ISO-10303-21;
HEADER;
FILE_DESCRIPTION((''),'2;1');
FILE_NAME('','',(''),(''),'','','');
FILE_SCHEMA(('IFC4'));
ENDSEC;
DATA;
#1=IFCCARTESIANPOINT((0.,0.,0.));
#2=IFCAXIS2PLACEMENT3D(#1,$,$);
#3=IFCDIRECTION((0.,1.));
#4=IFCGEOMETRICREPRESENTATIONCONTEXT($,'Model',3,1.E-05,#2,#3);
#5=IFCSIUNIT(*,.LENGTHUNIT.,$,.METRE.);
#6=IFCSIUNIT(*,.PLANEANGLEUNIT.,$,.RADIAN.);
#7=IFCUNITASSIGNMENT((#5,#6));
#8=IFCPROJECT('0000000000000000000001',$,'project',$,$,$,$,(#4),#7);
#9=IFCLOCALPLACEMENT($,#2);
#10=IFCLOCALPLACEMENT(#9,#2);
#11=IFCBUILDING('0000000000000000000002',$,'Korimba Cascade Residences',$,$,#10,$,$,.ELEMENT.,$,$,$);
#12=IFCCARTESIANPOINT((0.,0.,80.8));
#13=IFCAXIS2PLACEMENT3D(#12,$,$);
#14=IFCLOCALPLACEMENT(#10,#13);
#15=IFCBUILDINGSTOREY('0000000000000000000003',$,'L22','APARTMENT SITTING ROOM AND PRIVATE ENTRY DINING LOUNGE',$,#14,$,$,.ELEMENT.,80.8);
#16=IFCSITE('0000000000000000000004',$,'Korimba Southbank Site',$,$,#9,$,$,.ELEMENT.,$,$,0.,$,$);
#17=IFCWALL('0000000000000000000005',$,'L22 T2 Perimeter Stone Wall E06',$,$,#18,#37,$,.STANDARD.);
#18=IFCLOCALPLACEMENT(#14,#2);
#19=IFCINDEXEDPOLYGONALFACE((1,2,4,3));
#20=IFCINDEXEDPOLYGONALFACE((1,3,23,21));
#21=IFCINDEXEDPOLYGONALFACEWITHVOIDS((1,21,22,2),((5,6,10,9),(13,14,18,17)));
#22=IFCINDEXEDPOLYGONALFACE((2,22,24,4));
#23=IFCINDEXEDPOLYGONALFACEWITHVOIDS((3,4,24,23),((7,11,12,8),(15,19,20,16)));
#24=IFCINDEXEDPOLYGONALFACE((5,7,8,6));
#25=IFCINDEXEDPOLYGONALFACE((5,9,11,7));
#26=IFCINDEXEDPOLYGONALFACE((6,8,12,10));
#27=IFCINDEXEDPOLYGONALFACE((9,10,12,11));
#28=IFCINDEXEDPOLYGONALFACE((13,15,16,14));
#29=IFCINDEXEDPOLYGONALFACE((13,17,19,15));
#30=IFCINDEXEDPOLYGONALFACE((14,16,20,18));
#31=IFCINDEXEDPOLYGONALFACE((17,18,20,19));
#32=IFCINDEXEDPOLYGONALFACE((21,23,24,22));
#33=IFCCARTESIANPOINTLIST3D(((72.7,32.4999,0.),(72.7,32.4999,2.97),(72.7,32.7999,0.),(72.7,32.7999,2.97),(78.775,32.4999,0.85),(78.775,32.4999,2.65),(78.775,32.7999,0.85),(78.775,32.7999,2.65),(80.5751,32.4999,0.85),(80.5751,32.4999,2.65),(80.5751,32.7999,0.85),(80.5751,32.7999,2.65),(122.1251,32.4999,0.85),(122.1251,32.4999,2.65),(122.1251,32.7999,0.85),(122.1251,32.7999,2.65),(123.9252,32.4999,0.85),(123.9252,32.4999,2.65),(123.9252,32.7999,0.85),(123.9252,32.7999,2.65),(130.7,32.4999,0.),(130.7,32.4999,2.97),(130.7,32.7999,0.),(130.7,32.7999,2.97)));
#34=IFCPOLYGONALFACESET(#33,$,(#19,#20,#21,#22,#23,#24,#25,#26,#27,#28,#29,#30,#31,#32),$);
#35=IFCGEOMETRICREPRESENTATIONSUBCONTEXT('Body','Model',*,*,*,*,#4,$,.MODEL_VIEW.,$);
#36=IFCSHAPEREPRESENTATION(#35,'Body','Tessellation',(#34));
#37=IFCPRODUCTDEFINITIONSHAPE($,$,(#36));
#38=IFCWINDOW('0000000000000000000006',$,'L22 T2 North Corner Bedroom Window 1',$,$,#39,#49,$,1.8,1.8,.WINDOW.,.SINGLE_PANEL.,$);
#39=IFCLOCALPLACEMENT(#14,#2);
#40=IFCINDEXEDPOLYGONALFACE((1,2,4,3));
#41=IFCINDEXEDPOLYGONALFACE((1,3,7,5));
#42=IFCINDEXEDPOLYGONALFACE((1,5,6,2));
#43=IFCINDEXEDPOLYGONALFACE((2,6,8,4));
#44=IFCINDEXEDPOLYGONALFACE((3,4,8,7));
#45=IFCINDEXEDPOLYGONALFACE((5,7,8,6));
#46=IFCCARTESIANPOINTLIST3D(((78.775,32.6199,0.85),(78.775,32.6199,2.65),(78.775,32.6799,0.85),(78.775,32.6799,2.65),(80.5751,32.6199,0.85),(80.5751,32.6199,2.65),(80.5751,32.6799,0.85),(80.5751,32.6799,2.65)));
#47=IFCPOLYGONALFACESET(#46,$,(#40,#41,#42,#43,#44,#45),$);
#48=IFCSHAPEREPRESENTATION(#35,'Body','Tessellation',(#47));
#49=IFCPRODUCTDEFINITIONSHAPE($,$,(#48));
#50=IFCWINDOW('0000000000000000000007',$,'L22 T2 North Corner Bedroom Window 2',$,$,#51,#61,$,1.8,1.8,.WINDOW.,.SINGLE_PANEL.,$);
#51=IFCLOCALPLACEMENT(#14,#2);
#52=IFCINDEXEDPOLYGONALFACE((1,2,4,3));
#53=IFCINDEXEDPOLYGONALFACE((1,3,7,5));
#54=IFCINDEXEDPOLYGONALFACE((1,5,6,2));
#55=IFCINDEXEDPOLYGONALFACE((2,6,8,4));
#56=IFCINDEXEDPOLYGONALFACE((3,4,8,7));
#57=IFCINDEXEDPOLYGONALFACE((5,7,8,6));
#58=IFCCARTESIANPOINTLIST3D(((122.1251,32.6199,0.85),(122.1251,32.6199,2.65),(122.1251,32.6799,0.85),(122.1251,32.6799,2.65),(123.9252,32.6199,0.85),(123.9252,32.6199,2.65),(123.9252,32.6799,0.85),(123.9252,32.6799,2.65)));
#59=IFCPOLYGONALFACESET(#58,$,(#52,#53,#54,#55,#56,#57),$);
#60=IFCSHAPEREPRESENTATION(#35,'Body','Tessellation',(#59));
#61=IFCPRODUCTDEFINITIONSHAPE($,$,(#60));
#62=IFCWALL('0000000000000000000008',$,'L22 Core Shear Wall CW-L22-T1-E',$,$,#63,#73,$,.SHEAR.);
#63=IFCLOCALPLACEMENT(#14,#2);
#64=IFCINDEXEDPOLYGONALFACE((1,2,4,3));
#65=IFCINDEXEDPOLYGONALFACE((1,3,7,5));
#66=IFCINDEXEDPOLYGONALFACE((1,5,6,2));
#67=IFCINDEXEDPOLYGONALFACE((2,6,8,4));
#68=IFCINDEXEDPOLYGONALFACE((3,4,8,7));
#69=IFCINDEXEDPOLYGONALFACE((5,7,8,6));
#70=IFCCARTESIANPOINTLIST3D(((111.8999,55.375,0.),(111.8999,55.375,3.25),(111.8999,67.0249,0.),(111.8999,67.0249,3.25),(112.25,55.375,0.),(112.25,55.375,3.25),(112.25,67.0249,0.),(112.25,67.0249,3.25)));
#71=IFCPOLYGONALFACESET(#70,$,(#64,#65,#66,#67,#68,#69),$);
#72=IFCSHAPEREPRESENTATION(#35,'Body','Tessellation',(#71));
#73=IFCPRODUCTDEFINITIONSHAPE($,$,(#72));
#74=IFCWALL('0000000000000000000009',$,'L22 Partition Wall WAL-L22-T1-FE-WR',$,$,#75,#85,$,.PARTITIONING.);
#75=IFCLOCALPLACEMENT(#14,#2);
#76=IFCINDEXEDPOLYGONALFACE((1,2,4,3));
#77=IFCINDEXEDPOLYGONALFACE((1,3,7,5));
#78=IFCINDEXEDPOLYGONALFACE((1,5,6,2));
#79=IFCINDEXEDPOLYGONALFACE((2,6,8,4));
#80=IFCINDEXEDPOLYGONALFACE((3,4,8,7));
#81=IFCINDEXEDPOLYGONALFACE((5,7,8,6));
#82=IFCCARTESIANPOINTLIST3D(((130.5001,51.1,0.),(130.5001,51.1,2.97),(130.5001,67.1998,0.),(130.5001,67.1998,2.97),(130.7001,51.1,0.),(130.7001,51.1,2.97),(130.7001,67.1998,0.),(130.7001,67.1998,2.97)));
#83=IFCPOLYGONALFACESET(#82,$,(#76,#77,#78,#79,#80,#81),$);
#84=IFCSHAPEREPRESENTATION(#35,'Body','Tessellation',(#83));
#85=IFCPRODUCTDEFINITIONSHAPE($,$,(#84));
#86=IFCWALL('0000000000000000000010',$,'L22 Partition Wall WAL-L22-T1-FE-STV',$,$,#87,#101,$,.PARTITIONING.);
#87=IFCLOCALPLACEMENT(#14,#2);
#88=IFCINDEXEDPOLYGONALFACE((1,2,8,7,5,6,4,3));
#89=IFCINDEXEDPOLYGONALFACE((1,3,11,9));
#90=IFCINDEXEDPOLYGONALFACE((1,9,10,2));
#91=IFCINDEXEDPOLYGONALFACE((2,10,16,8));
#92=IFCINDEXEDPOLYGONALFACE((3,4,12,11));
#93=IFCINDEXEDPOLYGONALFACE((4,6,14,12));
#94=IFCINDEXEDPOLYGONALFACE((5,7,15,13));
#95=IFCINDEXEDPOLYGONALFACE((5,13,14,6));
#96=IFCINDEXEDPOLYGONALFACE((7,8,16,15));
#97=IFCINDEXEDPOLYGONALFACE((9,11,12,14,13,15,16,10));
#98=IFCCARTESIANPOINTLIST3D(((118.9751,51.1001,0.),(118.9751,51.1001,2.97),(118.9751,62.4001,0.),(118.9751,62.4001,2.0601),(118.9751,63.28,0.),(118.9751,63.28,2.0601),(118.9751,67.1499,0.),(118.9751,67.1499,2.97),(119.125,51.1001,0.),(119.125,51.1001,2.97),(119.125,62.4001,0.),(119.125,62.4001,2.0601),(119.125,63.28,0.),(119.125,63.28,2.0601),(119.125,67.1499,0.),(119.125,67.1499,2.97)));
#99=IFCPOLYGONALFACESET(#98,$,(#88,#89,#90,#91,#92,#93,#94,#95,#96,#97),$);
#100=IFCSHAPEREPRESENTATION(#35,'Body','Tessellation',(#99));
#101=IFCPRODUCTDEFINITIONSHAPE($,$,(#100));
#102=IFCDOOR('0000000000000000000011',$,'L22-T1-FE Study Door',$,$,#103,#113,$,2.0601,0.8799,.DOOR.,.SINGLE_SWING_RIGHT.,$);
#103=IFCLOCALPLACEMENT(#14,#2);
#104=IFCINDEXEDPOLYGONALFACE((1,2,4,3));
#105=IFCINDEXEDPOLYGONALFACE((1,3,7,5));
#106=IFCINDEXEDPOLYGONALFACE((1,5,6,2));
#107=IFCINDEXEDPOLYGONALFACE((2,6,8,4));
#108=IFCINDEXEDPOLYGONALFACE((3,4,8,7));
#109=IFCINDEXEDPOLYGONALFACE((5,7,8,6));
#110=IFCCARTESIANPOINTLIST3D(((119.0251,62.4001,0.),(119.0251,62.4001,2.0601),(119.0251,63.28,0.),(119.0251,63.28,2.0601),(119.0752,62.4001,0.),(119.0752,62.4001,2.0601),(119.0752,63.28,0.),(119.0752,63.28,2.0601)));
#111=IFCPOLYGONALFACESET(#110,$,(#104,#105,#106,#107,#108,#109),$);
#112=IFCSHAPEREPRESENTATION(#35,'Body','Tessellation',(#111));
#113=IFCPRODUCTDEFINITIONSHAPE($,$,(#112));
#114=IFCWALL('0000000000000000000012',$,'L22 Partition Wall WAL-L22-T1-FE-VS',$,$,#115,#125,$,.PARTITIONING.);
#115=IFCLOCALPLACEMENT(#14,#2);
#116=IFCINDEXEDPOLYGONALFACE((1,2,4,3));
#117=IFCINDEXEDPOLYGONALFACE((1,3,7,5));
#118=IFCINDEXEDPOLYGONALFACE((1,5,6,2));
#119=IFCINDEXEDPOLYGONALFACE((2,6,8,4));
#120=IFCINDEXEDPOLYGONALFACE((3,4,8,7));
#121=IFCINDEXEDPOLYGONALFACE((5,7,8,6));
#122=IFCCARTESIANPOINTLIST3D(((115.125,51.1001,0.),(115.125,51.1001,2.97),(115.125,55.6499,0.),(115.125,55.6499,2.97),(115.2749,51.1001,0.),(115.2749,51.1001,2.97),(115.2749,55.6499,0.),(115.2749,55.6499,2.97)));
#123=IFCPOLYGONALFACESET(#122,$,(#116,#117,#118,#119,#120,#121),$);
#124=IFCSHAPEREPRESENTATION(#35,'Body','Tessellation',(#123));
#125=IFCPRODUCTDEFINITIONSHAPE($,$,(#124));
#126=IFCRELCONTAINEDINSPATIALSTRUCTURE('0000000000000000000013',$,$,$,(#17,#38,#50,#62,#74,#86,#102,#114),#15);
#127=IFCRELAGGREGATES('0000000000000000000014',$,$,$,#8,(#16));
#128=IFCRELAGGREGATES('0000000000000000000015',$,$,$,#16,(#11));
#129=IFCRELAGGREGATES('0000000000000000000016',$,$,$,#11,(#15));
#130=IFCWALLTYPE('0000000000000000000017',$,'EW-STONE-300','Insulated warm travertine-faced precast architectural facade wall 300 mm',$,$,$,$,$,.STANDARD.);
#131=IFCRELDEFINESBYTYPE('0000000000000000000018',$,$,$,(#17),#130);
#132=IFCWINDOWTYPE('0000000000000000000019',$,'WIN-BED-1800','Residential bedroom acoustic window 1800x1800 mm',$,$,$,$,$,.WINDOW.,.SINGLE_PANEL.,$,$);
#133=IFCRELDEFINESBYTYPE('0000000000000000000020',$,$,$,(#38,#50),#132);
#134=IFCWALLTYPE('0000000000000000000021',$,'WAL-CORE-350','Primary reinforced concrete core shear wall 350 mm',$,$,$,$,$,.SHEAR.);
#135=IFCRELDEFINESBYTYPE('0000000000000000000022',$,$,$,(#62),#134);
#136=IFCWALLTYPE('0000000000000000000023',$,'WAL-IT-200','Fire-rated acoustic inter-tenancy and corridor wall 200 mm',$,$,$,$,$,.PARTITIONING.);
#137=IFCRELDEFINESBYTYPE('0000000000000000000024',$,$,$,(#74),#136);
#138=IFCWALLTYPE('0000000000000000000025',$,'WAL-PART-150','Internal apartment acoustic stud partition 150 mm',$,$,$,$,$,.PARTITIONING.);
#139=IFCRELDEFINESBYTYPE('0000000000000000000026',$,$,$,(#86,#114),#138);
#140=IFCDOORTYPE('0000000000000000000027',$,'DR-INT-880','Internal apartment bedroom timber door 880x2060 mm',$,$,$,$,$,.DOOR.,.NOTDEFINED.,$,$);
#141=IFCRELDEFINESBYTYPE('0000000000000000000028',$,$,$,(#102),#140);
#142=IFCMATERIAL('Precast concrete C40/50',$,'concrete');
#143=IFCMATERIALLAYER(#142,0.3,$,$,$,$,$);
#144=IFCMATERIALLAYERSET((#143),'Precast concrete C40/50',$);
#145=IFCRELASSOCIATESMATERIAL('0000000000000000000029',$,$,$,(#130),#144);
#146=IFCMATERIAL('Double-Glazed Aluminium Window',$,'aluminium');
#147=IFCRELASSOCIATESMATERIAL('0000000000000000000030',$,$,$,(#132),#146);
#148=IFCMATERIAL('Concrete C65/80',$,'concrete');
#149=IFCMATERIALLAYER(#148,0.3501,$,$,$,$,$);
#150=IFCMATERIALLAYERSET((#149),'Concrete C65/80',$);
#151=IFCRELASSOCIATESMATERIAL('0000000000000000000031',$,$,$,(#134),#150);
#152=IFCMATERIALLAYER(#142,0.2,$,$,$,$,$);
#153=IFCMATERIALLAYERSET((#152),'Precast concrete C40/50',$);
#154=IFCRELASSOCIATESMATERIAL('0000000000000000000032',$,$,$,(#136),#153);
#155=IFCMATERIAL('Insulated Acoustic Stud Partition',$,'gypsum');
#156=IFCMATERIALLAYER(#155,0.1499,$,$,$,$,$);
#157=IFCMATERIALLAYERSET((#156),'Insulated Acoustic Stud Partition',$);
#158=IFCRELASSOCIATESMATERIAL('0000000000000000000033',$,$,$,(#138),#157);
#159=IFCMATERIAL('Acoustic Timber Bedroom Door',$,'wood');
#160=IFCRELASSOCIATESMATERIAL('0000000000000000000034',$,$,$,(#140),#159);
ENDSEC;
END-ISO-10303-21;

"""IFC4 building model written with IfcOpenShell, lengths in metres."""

from ifc_helpers import new_model, si_unit, direction, frame, frame_2d, origin, place, context, subcontext, project, spatial, rectangle, extrude, material, layer, layer_set, type_object, element, fill, save


model = new_model("IFC4")

# Units and contexts
model_context = context("Model", 3, precision=1e-05, world=origin(), true_north=direction((0.0, 1.0)))
body_context = subcontext(model_context, "Body", "Model", "MODEL_VIEW")
ifc_project = project(units=[si_unit("LENGTHUNIT", "METRE"), si_unit("PLANEANGLEUNIT", "RADIAN")], contexts=[model_context])

# Site, building, storey
site_placement = place(None, origin())
site = spatial("IfcSite", under=ifc_project, at=site_placement, Name="Korimba Southbank Site", CompositionType="ELEMENT", RefElevation=0.0)
building_placement = place(site_placement, origin())
building = spatial("IfcBuilding", under=site, at=building_placement, Name="Korimba Cascade Residences", CompositionType="ELEMENT")
storey_placement = place(building_placement, frame((0.0, 0.0, 80.8)))
storey = spatial("IfcBuildingStorey", under=building, at=storey_placement, Name="L22", Description="APARTMENT SITTING ROOM AND PRIVATE ENTRY DINING LOUNGE", CompositionType="ELEMENT", Elevation=80.8)

# Shared definitions
ifc_material_1 = material(Name="Concrete C65/80", Category="concrete")

# Shared definitions
ifc_material_2 = material(Name="Precast concrete C40/50", Category="concrete")

# Shared definitions
ifc_layer_1 = layer(ifc_material_2, 0.3)
ifc_layer_set_1 = layer_set([ifc_layer_1], Name="Precast concrete C40/50")
wall_type_1 = type_object("IfcWallType", Name="EW-STONE-300", Description="Insulated warm travertine-faced precast architectural facade wall 300 mm", PredefinedType="STANDARD", material=ifc_layer_set_1)

# Wall, openings, windows
ifc_material_3 = material(Name="Double-Glazed Aluminium Window", Category="aluminium")
wall_1_placement = place(storey_placement, frame((130.7, 32.6499, 0.0), z_axis=(0.0, 0.0, 1.0), x_axis=(-1.0, 0.0, 0.0)))
wall_1 = element("IfcWall", 1, at=wall_1_placement, inside=storey, type_object=wall_type_1, Name="L22 T2 Perimeter Stone Wall E06", PredefinedType="STANDARD", context=body_context, shape_type="SweptSolid", body=[
    extrude(rectangle(XDim=58.0, YDim=0.3, at=frame_2d((29.0, 0.0))), origin(), (0.0, 0.0, 1.0), 2.97),
])
opening_1_placement = place(wall_1_placement, frame((50.125, 0.0, 0.8501)))
opening_1 = element("IfcOpeningElement", 2, at=opening_1_placement, cuts=wall_1, PredefinedType="OPENING", context=body_context, shape_type="SweptSolid", body=[
    extrude(rectangle(XDim=1.8, YDim=1.8, at=frame_2d((0.8999, 0.8999))), frame((0.0, 0.1602, 0.0), z_axis=(0.0, -1.0, 0.0), x_axis=(1.0, 0.0, 0.0)), (0.0, 0.0, 1.0), 0.3201),
])
opening_2_placement = place(wall_1_placement, frame((6.7749, 0.0, 0.8501)))
opening_2 = element("IfcOpeningElement", 3, at=opening_2_placement, cuts=wall_1, PredefinedType="OPENING", context=body_context, shape_type="SweptSolid", body=[
    extrude(rectangle(XDim=1.8, YDim=1.8, at=frame_2d((0.8999, 0.8999))), frame((0.0, 0.1602, 0.0), z_axis=(0.0, -1.0, 0.0), x_axis=(1.0, 0.0, 0.0)), (0.0, 0.0, 1.0), 0.3201),
])
window_type_1 = type_object("IfcWindowType", Name="WIN-BED-1800", Description="Residential bedroom acoustic window 1800x1800 mm", PartitioningType="SINGLE_PANEL", PredefinedType="WINDOW", material=ifc_material_3)
window_1_placement = place(opening_1_placement, origin())
window_1 = element("IfcWindow", 4, at=window_1_placement, inside=storey, type_object=window_type_1, Name="L22 T2 North Corner Bedroom Window 1", OverallHeight=1.8, OverallWidth=1.8, PartitioningType="SINGLE_PANEL", PredefinedType="WINDOW", context=body_context, shape_type="SweptSolid", body=[
    extrude(rectangle(XDim=1.8, YDim=1.8, at=frame_2d((0.8999, 0.8999))), frame((0.0, 0.03, 0.0), z_axis=(0.0, -1.0, 0.0), x_axis=(1.0, 0.0, 0.0)), (0.0, 0.0, 1.0), 0.0601),
])
fill(opening_1, window_1)
window_2_placement = place(opening_2_placement, origin())
window_2 = element("IfcWindow", 5, at=window_2_placement, inside=storey, type_object=window_type_1, Name="L22 T2 North Corner Bedroom Window 2", OverallHeight=1.8, OverallWidth=1.8, PartitioningType="SINGLE_PANEL", PredefinedType="WINDOW", context=body_context, shape_type="SweptSolid", body=[
    extrude(rectangle(XDim=1.8, YDim=1.8, at=frame_2d((0.8999, 0.8999))), frame((0.0, 0.03, 0.0), z_axis=(0.0, -1.0, 0.0), x_axis=(1.0, 0.0, 0.0)), (0.0, 0.0, 1.0), 0.0601),
])
fill(opening_2, window_2)

# Walls
ifc_layer_2 = layer(ifc_material_1, 0.3501)
ifc_layer_set_2 = layer_set([ifc_layer_2], Name="Concrete C65/80")
wall_type_2 = type_object("IfcWallType", Name="WAL-CORE-350", Description="Primary reinforced concrete core shear wall 350 mm", PredefinedType="SHEAR", material=ifc_layer_set_2)
wall_2_placement = place(storey_placement, frame((112.075, 55.375, 0.0), z_axis=(0.0, 0.0, 1.0), x_axis=(0.0, 1.0, 0.0)))
element("IfcWall", 6, at=wall_2_placement, inside=storey, type_object=wall_type_2, Name="L22 Core Shear Wall CW-L22-T1-E", PredefinedType="SHEAR", context=body_context, shape_type="SweptSolid", body=[
    extrude(rectangle(XDim=11.6499, YDim=0.3501, at=frame_2d((5.825, 0.0))), origin(), (0.0, 0.0, 1.0), 3.25),
])
ifc_layer_3 = layer(ifc_material_2, 0.2)
ifc_layer_set_3 = layer_set([ifc_layer_3], Name="Precast concrete C40/50")
wall_type_3 = type_object("IfcWallType", Name="WAL-IT-200", Description="Fire-rated acoustic inter-tenancy and corridor wall 200 mm", PredefinedType="PARTITIONING", material=ifc_layer_set_3)
wall_3_placement = place(storey_placement, frame((130.6001, 51.1001, 0.0), z_axis=(0.0, 0.0, 1.0), x_axis=(0.0, 1.0, 0.0)))
element("IfcWall", 7, at=wall_3_placement, inside=storey, type_object=wall_type_3, Name="L22 Partition Wall WAL-L22-T1-FE-WR", PredefinedType="PARTITIONING", context=body_context, shape_type="SweptSolid", body=[
    extrude(rectangle(XDim=16.0999, YDim=0.2, at=frame_2d((8.0498, 0.0))), origin(), (0.0, 0.0, 1.0), 2.97),
])

# Wall, opening, door
ifc_material_4 = material(Name="Insulated Acoustic Stud Partition", Category="gypsum")
ifc_layer_4 = layer(ifc_material_4, 0.1499)
ifc_layer_set_4 = layer_set([ifc_layer_4], Name="Insulated Acoustic Stud Partition")
wall_type_4 = type_object("IfcWallType", Name="WAL-PART-150", Description="Internal apartment acoustic stud partition 150 mm", PredefinedType="PARTITIONING", material=ifc_layer_set_4)
wall_4_placement = place(storey_placement, frame((119.05, 51.1001, 0.0), z_axis=(0.0, 0.0, 1.0), x_axis=(0.0, 1.0, 0.0)))
wall_4 = element("IfcWall", 8, at=wall_4_placement, inside=storey, type_object=wall_type_4, Name="L22 Partition Wall WAL-L22-T1-FE-STV", PredefinedType="PARTITIONING", context=body_context, shape_type="SweptSolid", body=[
    extrude(rectangle(XDim=16.0498, YDim=0.1499, at=frame_2d((8.0249, 0.0))), origin(), (0.0, 0.0, 1.0), 2.97),
])
opening_3_placement = place(wall_4_placement, frame((11.3, 0.0, 0.0)))
opening_3 = element("IfcOpeningElement", 9, at=opening_3_placement, cuts=wall_4, PredefinedType="OPENING", context=body_context, shape_type="SweptSolid", body=[
    extrude(rectangle(XDim=0.8799, YDim=2.0601, at=frame_2d((0.4399, 1.03))), frame((0.0, 0.085, 0.0), z_axis=(0.0, -1.0, 0.0), x_axis=(1.0, 0.0, 0.0)), (0.0, 0.0, 1.0), 0.1699),
])
ifc_material_5 = material(Name="Acoustic Timber Bedroom Door", Category="wood")
door_type = type_object("IfcDoorType", Name="DR-INT-880", Description="Internal apartment bedroom timber door 880x2060 mm", OperationType="NOTDEFINED", PredefinedType="DOOR", material=ifc_material_5)
door_placement = place(opening_3_placement, origin())
door = element("IfcDoor", 10, at=door_placement, inside=storey, type_object=door_type, Name="L22-T1-FE Study Door", OperationType="SINGLE_SWING_RIGHT", OverallHeight=2.0601, OverallWidth=0.8799, PredefinedType="DOOR", context=body_context, shape_type="SweptSolid", body=[
    extrude(rectangle(XDim=0.8799, YDim=2.0601, at=frame_2d((0.4399, 1.03))), frame((0.0, 0.0249, 0.0), z_axis=(0.0, -1.0, 0.0), x_axis=(1.0, 0.0, 0.0)), (0.0, 0.0, 1.0), 0.05),
])
fill(opening_3, door)

# Wall
wall_5_placement = place(storey_placement, frame((115.2, 51.1001, 0.0), z_axis=(0.0, 0.0, 1.0), x_axis=(0.0, 1.0, 0.0)))
element("IfcWall", 11, at=wall_5_placement, inside=storey, type_object=wall_type_4, Name="L22 Partition Wall WAL-L22-T1-FE-VS", PredefinedType="PARTITIONING", context=body_context, shape_type="SweptSolid", body=[
    extrude(rectangle(XDim=4.5498, YDim=0.1499, at=frame_2d((2.2749, 0.0))), origin(), (0.0, 0.0, 1.0), 2.97),
])

save(model, "model.ifc")
